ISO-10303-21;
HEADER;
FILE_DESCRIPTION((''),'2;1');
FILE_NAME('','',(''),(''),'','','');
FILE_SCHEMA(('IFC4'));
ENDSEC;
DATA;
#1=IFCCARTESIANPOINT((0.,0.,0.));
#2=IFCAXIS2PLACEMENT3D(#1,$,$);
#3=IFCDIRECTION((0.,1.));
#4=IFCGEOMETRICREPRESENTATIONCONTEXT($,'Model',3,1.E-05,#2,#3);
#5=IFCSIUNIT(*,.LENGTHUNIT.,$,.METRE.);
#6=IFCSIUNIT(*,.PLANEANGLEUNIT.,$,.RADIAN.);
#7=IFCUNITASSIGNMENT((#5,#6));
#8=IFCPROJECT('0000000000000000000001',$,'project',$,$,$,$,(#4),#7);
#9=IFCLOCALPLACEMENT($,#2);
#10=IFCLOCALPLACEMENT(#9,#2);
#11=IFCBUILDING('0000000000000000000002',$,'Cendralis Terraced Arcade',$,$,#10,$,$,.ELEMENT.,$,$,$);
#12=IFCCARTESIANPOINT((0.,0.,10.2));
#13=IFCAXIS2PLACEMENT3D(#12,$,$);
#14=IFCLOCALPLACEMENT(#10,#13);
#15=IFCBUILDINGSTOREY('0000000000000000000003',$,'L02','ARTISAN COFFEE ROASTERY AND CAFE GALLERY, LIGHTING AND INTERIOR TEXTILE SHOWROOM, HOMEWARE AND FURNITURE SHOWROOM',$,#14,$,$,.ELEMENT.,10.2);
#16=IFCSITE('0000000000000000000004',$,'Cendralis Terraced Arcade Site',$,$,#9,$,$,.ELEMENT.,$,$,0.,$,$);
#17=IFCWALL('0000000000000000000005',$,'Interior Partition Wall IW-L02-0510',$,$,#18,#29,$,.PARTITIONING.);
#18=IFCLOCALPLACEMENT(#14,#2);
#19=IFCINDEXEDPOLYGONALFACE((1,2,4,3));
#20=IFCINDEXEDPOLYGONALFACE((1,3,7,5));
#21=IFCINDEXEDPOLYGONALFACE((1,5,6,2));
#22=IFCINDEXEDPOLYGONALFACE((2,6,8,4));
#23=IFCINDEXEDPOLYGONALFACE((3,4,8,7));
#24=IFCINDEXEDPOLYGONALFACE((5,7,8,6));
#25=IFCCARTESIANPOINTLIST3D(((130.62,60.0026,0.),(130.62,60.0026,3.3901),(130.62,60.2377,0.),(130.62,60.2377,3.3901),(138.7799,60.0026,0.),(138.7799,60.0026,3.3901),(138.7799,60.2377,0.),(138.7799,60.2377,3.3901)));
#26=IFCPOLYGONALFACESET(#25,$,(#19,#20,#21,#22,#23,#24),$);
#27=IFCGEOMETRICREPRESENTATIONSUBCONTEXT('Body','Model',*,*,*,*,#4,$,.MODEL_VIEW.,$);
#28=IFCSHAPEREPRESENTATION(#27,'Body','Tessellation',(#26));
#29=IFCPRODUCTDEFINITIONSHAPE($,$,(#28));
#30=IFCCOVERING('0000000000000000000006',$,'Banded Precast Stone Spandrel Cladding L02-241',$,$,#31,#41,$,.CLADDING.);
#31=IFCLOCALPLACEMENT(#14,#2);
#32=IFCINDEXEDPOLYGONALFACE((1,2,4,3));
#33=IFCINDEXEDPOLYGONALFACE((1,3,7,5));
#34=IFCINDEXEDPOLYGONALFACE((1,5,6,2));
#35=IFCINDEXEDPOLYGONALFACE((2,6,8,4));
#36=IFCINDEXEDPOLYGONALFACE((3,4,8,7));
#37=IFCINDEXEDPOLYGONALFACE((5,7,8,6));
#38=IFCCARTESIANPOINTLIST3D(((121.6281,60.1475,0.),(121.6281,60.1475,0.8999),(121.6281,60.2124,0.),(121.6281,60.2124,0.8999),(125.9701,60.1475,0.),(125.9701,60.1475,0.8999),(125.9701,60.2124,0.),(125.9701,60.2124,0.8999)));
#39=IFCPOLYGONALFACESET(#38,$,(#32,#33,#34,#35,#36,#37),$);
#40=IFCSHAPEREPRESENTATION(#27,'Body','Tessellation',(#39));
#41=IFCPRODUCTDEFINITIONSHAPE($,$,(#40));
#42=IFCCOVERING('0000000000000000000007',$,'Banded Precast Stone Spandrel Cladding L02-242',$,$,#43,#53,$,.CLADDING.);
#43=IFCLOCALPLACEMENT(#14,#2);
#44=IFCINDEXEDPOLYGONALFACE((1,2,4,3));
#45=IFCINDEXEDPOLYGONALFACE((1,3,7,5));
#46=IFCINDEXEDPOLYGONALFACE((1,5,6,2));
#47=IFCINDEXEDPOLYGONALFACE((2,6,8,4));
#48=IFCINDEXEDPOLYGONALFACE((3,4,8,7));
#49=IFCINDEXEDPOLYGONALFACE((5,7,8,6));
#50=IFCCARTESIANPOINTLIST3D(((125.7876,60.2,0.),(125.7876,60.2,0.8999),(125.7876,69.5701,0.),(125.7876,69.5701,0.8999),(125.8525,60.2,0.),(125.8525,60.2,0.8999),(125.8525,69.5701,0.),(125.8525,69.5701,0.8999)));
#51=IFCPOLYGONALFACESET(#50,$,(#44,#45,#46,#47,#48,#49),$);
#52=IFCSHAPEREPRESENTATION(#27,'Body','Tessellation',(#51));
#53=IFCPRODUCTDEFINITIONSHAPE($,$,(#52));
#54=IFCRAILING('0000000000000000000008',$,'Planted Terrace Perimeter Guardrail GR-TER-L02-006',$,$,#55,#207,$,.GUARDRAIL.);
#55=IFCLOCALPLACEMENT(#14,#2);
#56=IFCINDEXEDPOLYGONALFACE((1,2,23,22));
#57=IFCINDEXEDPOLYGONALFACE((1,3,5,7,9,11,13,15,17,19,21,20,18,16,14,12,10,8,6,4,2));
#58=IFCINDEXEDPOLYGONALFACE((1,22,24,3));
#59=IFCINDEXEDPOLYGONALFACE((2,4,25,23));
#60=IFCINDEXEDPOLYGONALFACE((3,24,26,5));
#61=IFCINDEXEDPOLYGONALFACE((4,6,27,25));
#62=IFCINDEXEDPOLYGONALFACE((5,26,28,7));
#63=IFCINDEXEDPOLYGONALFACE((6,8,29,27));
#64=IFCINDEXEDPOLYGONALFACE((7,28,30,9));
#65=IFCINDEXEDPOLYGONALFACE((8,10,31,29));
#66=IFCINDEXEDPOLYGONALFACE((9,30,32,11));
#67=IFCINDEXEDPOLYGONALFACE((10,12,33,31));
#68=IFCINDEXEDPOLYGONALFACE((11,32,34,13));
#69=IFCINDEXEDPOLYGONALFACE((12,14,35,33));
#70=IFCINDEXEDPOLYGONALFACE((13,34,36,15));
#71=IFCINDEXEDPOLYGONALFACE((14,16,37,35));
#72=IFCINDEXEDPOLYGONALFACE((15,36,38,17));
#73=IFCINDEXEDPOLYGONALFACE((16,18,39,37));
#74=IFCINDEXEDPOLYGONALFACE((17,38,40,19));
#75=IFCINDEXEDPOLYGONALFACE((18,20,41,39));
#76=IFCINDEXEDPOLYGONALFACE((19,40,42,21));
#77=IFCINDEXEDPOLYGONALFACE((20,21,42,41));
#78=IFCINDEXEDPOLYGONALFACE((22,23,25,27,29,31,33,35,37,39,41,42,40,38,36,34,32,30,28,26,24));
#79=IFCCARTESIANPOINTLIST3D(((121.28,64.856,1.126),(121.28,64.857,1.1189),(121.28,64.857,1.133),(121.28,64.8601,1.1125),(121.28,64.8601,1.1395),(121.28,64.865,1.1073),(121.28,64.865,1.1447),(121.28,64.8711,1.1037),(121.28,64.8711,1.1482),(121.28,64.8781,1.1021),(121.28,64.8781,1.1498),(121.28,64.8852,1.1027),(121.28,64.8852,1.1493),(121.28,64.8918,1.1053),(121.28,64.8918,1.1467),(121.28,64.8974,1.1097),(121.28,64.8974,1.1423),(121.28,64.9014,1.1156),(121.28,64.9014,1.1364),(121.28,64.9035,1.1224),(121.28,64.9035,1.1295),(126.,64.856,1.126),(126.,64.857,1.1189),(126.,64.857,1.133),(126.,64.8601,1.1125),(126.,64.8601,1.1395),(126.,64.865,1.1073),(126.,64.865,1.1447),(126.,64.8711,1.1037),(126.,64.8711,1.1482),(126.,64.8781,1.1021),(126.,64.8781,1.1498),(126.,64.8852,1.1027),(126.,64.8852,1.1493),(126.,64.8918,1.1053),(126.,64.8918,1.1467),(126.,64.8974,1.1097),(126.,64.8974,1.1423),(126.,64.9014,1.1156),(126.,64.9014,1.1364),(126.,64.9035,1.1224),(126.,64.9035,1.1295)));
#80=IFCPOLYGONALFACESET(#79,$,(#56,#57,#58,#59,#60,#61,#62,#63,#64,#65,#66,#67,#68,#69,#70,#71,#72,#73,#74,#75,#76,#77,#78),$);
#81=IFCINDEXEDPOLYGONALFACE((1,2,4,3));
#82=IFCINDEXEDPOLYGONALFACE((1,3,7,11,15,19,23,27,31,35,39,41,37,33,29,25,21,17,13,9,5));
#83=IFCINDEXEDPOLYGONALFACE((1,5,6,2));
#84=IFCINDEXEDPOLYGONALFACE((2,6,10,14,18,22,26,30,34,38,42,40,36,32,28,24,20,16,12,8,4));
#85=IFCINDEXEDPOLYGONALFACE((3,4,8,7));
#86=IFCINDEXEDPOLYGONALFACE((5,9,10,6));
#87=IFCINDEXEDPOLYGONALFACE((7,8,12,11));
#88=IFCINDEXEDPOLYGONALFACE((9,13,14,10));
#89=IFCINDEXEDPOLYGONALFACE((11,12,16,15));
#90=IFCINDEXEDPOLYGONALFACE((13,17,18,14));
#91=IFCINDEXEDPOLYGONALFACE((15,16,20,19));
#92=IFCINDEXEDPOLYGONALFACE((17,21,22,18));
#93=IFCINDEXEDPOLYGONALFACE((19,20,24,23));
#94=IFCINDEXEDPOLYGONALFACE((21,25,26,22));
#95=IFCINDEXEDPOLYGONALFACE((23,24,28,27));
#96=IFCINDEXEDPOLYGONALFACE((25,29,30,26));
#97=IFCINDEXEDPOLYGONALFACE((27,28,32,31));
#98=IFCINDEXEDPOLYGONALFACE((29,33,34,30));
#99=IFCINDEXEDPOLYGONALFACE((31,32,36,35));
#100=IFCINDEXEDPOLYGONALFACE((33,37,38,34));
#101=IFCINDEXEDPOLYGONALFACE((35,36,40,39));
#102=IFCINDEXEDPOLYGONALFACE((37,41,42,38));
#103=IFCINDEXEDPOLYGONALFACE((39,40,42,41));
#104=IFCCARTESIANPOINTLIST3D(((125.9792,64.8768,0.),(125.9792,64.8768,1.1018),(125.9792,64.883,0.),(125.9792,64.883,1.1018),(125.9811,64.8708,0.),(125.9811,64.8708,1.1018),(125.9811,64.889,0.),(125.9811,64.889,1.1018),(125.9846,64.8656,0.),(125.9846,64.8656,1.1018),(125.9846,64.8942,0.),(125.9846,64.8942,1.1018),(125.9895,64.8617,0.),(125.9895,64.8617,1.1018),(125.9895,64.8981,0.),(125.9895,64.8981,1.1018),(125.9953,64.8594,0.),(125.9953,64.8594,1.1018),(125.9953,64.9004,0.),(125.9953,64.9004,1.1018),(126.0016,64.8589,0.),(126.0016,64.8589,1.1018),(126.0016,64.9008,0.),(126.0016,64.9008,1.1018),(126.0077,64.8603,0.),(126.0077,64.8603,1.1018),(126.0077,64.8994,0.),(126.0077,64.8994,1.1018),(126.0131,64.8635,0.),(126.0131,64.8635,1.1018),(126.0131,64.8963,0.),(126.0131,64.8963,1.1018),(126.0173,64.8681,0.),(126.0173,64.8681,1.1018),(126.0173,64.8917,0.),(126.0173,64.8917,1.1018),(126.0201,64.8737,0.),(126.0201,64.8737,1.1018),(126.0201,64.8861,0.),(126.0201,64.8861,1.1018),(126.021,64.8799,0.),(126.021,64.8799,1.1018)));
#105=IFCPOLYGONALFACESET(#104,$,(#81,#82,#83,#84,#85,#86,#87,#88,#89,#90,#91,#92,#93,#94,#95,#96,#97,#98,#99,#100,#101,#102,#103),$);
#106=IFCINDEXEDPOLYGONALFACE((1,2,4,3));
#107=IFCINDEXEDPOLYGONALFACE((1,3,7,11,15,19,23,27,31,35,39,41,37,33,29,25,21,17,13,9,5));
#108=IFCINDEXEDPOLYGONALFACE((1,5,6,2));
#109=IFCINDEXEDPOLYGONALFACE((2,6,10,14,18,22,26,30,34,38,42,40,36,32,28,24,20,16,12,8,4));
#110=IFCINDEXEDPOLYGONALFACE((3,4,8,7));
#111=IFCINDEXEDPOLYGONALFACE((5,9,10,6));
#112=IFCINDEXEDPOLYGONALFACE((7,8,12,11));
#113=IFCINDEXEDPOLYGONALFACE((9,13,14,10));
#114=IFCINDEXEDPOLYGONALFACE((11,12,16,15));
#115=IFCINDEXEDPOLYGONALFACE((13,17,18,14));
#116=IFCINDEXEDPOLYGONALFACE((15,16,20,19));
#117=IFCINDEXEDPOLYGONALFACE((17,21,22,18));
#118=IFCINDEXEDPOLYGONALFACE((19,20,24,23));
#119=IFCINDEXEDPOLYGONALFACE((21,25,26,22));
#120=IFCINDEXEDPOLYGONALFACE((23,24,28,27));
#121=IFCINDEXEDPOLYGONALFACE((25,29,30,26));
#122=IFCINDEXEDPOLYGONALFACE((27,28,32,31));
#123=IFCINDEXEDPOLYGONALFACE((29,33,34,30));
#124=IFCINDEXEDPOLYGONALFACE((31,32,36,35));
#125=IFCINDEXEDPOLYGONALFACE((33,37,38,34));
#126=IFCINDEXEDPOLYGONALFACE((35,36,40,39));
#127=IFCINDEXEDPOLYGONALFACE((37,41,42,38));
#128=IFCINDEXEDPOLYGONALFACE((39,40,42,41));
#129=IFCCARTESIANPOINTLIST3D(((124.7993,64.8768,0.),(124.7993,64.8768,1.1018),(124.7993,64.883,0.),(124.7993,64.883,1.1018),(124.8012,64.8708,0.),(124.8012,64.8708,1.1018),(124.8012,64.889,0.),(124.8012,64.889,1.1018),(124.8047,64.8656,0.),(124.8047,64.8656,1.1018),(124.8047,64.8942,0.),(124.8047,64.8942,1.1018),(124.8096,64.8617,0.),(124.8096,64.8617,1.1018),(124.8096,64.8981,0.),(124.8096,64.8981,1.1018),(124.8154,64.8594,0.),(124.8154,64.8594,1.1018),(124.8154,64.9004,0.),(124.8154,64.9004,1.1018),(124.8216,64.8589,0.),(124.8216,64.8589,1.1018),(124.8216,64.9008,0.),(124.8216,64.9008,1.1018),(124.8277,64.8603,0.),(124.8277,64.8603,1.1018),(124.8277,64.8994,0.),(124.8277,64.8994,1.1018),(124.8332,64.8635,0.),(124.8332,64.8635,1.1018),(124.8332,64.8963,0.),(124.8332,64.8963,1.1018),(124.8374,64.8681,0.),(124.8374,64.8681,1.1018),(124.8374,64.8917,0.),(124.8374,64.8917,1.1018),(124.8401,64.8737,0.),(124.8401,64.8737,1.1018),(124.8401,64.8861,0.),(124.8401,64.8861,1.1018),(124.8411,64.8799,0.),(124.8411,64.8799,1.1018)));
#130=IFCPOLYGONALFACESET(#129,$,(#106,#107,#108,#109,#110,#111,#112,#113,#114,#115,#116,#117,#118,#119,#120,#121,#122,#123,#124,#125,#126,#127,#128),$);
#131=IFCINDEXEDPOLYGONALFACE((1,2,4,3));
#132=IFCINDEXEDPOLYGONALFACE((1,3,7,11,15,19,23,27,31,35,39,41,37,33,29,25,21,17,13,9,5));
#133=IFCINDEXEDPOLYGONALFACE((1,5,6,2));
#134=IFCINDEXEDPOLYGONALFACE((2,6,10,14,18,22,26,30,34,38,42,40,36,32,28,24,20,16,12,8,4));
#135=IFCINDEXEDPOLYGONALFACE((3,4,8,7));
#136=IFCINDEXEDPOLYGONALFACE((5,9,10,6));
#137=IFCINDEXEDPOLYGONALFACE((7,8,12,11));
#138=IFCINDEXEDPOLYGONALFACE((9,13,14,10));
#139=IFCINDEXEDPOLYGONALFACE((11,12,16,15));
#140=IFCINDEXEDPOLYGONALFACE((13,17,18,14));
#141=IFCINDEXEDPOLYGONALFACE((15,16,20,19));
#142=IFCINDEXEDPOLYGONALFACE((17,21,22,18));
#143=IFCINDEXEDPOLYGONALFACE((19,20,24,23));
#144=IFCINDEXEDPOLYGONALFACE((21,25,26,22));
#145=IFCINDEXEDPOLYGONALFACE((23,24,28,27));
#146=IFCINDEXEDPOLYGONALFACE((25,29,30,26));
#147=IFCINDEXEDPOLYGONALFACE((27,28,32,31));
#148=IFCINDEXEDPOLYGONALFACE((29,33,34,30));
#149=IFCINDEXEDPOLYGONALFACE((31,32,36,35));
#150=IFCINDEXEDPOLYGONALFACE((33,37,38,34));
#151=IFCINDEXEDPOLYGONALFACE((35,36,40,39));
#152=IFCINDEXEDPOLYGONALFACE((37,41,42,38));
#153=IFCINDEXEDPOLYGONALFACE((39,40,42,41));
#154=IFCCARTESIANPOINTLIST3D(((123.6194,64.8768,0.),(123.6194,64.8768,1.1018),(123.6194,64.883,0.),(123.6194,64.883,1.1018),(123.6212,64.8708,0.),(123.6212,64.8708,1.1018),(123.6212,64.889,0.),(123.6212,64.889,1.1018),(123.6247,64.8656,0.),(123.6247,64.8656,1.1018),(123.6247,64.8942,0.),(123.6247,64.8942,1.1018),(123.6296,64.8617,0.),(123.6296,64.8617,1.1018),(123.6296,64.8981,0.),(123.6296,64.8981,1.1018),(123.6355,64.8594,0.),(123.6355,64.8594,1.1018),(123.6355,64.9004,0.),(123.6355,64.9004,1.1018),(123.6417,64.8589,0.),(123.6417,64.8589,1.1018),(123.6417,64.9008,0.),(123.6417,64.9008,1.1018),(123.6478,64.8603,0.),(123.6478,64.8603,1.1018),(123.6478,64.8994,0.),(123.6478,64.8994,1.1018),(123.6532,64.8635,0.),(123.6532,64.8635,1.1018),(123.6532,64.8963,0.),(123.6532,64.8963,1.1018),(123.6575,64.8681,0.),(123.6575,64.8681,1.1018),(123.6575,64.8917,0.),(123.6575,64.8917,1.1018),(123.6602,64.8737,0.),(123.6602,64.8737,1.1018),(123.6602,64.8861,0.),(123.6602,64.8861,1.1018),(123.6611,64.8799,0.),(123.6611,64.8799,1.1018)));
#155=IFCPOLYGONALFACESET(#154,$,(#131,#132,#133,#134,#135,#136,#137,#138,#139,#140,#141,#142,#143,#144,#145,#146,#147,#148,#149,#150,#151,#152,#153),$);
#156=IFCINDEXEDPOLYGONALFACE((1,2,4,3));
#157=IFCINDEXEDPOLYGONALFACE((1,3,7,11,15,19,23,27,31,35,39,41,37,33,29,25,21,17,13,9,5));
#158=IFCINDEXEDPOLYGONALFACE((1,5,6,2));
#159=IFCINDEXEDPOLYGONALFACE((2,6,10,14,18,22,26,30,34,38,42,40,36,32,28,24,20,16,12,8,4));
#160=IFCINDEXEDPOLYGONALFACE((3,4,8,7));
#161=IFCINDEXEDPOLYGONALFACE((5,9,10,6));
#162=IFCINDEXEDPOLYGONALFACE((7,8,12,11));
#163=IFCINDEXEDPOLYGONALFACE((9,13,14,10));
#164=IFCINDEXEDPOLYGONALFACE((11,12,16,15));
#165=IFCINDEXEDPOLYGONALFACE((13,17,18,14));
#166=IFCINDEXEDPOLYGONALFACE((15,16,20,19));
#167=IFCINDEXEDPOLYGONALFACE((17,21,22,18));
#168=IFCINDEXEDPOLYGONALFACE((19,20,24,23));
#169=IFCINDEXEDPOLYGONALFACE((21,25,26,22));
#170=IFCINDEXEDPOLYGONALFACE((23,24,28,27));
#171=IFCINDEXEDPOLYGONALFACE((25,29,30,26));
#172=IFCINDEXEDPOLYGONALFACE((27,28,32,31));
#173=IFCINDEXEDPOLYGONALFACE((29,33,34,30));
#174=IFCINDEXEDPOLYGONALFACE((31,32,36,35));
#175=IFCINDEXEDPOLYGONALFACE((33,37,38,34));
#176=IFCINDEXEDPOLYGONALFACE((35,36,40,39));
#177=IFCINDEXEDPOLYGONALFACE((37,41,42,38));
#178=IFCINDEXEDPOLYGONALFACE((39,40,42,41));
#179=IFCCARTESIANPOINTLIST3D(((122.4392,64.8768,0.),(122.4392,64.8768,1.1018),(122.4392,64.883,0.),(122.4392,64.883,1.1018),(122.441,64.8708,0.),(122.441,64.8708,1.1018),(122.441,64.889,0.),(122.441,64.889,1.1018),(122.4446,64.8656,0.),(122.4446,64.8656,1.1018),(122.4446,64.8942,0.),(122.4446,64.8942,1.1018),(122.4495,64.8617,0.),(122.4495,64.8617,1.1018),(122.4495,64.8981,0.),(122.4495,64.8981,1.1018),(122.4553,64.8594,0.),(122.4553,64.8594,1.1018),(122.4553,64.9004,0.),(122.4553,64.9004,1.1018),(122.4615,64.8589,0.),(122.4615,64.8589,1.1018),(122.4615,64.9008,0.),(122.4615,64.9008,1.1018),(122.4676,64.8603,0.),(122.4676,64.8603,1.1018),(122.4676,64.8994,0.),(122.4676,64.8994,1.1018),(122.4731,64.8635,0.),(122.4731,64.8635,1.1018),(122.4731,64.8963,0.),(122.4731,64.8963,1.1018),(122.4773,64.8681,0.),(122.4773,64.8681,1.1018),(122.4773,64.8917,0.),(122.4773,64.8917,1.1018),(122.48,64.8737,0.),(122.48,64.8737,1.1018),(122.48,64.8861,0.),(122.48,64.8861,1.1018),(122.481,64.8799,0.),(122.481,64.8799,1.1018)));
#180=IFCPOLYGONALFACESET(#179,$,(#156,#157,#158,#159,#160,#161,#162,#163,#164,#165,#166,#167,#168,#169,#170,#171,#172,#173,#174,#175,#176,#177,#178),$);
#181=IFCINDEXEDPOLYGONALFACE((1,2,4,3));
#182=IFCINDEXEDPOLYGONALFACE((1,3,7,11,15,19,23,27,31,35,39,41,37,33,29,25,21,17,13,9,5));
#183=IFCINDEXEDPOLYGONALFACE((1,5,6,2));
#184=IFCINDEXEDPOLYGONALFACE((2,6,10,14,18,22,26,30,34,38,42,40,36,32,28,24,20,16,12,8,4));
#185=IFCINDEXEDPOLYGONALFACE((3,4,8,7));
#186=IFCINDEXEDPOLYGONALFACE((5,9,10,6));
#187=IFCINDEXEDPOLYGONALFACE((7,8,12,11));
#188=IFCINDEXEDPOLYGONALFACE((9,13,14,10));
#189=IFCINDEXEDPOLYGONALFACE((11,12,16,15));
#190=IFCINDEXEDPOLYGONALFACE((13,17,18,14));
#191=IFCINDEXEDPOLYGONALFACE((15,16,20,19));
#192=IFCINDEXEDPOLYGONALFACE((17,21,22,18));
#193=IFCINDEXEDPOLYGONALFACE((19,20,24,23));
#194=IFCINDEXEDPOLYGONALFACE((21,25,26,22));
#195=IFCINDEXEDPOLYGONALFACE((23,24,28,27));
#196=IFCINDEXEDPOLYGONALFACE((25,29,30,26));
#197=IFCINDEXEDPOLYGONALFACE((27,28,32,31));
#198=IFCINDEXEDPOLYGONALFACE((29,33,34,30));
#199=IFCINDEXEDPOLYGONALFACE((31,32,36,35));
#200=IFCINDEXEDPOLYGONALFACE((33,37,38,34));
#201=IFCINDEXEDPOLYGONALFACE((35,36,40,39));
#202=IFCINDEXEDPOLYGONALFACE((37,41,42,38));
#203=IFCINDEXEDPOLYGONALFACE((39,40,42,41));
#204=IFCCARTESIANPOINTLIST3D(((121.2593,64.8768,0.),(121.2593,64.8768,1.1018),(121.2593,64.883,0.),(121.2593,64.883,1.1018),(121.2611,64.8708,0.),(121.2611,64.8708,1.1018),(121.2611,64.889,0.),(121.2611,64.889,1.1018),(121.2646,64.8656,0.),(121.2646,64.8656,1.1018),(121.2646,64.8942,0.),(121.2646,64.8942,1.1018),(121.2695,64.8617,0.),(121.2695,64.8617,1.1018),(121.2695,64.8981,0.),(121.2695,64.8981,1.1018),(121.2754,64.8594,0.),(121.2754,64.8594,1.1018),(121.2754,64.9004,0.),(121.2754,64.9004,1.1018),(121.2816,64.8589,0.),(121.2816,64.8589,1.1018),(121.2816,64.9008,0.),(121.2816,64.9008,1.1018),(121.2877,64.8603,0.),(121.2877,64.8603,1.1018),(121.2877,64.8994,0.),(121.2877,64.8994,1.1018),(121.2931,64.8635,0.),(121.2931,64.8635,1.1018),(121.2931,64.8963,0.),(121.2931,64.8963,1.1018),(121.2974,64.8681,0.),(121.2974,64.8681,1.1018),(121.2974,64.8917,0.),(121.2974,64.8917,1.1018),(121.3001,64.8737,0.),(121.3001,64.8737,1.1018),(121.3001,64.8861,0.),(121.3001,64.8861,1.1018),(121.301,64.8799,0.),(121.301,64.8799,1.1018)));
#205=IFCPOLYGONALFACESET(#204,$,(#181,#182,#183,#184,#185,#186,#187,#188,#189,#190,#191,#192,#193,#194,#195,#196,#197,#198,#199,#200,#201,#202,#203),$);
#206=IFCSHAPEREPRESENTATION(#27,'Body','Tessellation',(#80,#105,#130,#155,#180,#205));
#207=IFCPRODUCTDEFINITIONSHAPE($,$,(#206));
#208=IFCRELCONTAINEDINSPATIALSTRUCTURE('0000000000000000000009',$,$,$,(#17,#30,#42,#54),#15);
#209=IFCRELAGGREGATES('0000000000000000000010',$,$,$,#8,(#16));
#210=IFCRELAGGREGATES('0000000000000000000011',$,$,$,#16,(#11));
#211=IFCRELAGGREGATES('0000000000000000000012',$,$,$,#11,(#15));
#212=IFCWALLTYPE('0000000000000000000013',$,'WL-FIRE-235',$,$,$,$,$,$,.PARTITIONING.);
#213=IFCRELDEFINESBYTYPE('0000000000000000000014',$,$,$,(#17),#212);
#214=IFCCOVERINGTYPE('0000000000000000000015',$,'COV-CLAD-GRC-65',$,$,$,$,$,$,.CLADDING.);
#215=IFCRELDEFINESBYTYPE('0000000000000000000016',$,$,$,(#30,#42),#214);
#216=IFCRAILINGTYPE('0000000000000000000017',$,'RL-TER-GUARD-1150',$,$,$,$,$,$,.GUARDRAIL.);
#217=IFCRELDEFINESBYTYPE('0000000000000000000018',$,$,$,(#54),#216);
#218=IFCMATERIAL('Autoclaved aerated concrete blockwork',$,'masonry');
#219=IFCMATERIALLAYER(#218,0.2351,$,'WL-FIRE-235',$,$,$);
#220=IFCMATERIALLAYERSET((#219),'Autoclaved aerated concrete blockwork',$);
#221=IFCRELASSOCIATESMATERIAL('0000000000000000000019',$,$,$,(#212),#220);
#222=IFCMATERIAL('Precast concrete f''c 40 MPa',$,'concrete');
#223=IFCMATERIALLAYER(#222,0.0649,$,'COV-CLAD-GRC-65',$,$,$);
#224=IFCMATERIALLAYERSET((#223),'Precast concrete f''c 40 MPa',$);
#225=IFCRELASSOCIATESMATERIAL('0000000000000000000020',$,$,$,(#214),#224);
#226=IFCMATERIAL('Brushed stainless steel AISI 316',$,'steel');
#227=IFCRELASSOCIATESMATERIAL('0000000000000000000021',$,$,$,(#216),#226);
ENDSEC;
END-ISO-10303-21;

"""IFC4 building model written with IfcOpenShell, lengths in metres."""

from ifc_helpers import new_model, si_unit, direction, frame, frame_2d, origin, origin_2d, place, context, subcontext, project, spatial, rectangle, circle, extrude, material, layer, layer_set, type_object, element, save


model = new_model("IFC4")

# Units and contexts
model_context = context("Model", 3, precision=1e-05, world=origin(), true_north=direction((0.0, 1.0)))
body_context = subcontext(model_context, "Body", "Model", "MODEL_VIEW")
ifc_project = project(units=[si_unit("LENGTHUNIT", "METRE"), si_unit("PLANEANGLEUNIT", "RADIAN")], contexts=[model_context])

# Site, building, storey
site_placement = place(None, origin())
site = spatial("IfcSite", under=ifc_project, at=site_placement, Name="Cendralis Terraced Arcade Site", CompositionType="ELEMENT", RefElevation=0.0)
building_placement = place(site_placement, origin())
building = spatial("IfcBuilding", under=site, at=building_placement, Name="Cendralis Terraced Arcade", CompositionType="ELEMENT")
storey_placement = place(building_placement, frame((0.0, 0.0, 10.2)))
storey = spatial("IfcBuildingStorey", under=building, at=storey_placement, Name="L02", Description="ARTISAN COFFEE ROASTERY AND CAFE GALLERY, LIGHTING AND INTERIOR TEXTILE SHOWROOM, HOMEWARE AND FURNITURE SHOWROOM", CompositionType="ELEMENT", Elevation=10.2)

# Wall
ifc_material_1 = material(Name="Precast concrete f'c 40 MPa", Category="concrete")
ifc_material_2 = material(Name="Autoclaved aerated concrete blockwork", Category="masonry")
ifc_layer_1 = layer(ifc_material_2, 0.2351, Name="WL-FIRE-235")
ifc_layer_set_1 = layer_set([ifc_layer_1], Name="Autoclaved aerated concrete blockwork")
wall_type_1 = type_object("IfcWallType", Name="WL-FIRE-235", PredefinedType="PARTITIONING", material=ifc_layer_set_1)
wall_1_placement = place(storey_placement, frame((138.78, 60.1201, 0.0), z_axis=(0.0, 0.0, 1.0), x_axis=(-1.0, 0.0, 0.0)))
element("IfcWall", 1, at=wall_1_placement, inside=storey, type_object=wall_type_1, Name="Interior Partition Wall IW-L02-0510", PredefinedType="PARTITIONING", context=body_context, shape_type="SweptSolid", body=[
    extrude(rectangle(XDim=8.1599, YDim=0.2351, at=frame_2d((4.0801, 0.0))), origin(), (0.0, 0.0, 1.0), 3.3901),
])

# Coverings
ifc_layer_2 = layer(ifc_material_1, 0.0649, Name="COV-CLAD-GRC-65")
ifc_layer_set_2 = layer_set([ifc_layer_2], Name="Precast concrete f'c 40 MPa")
covering_type = type_object("IfcCoveringType", Name="COV-CLAD-GRC-65", PredefinedType="CLADDING", material=ifc_layer_set_2)
covering_1_placement = place(storey_placement, frame((123.7991, 60.1799, 0.0), z_axis=(0.0, 0.0, 1.0), x_axis=(1.0, 0.0, 0.0)))
element("IfcCovering", 2, at=covering_1_placement, inside=storey, type_object=covering_type, Name="Banded Precast Stone Spandrel Cladding L02-241", PredefinedType="CLADDING", context=body_context, shape_type="SweptSolid", body=[
    extrude(rectangle(XDim=4.342, YDim=0.0649, at=origin_2d()), origin(), (0.0, 0.0, 1.0), 0.8999),
])
covering_2_placement = place(storey_placement, frame((125.8201, 64.885, 0.0), z_axis=(0.0, 0.0, 1.0), x_axis=(0.0, 1.0, 0.0)))
element("IfcCovering", 3, at=covering_2_placement, inside=storey, type_object=covering_type, Name="Banded Precast Stone Spandrel Cladding L02-242", PredefinedType="CLADDING", context=body_context, shape_type="SweptSolid", body=[
    extrude(rectangle(XDim=9.3701, YDim=0.0649, at=origin_2d()), origin(), (0.0, 0.0, 1.0), 0.8999),
])

# Railing
ifc_material_3 = material(Name="Brushed stainless steel AISI 316", Category="steel")
railing_type = type_object("IfcRailingType", Name="RL-TER-GUARD-1150", PredefinedType="GUARDRAIL", material=ifc_material_3)
railing_1_placement = place(storey_placement, frame((126.0, 64.8799, 0.0)))
element("IfcRailing", 4, at=railing_1_placement, inside=storey, type_object=railing_type, Name="Planted Terrace Perimeter Guardrail GR-TER-L02-006", PredefinedType="GUARDRAIL", context=body_context, shape_type="SweptSolid", body=[
    extrude(circle(Radius=0.0239, at=origin_2d()), frame((0.0, 0.0, 1.126), z_axis=(-1.0, 0.0, 0.0), x_axis=(0.0, -1.0, 0.0)), (0.0, 0.0, 1.0), 4.72),
    extrude(circle(Radius=0.021, at=origin_2d()), origin(), (0.0, 0.0, 1.0), 1.1018),
    extrude(circle(Radius=0.021, at=origin_2d()), frame((-1.1799, 0.0, 0.0)), (0.0, 0.0, 1.0), 1.1018),
    extrude(circle(Radius=0.021, at=origin_2d()), frame((-2.3599, 0.0, 0.0)), (0.0, 0.0, 1.0), 1.1018),
    extrude(circle(Radius=0.021, at=origin_2d()), frame((-3.54, 0.0, 0.0)), (0.0, 0.0, 1.0), 1.1018),
    extrude(circle(Radius=0.021, at=origin_2d()), frame((-4.72, 0.0, 0.0)), (0.0, 0.0, 1.0), 1.1018),
])

save(model, "model.ifc")
